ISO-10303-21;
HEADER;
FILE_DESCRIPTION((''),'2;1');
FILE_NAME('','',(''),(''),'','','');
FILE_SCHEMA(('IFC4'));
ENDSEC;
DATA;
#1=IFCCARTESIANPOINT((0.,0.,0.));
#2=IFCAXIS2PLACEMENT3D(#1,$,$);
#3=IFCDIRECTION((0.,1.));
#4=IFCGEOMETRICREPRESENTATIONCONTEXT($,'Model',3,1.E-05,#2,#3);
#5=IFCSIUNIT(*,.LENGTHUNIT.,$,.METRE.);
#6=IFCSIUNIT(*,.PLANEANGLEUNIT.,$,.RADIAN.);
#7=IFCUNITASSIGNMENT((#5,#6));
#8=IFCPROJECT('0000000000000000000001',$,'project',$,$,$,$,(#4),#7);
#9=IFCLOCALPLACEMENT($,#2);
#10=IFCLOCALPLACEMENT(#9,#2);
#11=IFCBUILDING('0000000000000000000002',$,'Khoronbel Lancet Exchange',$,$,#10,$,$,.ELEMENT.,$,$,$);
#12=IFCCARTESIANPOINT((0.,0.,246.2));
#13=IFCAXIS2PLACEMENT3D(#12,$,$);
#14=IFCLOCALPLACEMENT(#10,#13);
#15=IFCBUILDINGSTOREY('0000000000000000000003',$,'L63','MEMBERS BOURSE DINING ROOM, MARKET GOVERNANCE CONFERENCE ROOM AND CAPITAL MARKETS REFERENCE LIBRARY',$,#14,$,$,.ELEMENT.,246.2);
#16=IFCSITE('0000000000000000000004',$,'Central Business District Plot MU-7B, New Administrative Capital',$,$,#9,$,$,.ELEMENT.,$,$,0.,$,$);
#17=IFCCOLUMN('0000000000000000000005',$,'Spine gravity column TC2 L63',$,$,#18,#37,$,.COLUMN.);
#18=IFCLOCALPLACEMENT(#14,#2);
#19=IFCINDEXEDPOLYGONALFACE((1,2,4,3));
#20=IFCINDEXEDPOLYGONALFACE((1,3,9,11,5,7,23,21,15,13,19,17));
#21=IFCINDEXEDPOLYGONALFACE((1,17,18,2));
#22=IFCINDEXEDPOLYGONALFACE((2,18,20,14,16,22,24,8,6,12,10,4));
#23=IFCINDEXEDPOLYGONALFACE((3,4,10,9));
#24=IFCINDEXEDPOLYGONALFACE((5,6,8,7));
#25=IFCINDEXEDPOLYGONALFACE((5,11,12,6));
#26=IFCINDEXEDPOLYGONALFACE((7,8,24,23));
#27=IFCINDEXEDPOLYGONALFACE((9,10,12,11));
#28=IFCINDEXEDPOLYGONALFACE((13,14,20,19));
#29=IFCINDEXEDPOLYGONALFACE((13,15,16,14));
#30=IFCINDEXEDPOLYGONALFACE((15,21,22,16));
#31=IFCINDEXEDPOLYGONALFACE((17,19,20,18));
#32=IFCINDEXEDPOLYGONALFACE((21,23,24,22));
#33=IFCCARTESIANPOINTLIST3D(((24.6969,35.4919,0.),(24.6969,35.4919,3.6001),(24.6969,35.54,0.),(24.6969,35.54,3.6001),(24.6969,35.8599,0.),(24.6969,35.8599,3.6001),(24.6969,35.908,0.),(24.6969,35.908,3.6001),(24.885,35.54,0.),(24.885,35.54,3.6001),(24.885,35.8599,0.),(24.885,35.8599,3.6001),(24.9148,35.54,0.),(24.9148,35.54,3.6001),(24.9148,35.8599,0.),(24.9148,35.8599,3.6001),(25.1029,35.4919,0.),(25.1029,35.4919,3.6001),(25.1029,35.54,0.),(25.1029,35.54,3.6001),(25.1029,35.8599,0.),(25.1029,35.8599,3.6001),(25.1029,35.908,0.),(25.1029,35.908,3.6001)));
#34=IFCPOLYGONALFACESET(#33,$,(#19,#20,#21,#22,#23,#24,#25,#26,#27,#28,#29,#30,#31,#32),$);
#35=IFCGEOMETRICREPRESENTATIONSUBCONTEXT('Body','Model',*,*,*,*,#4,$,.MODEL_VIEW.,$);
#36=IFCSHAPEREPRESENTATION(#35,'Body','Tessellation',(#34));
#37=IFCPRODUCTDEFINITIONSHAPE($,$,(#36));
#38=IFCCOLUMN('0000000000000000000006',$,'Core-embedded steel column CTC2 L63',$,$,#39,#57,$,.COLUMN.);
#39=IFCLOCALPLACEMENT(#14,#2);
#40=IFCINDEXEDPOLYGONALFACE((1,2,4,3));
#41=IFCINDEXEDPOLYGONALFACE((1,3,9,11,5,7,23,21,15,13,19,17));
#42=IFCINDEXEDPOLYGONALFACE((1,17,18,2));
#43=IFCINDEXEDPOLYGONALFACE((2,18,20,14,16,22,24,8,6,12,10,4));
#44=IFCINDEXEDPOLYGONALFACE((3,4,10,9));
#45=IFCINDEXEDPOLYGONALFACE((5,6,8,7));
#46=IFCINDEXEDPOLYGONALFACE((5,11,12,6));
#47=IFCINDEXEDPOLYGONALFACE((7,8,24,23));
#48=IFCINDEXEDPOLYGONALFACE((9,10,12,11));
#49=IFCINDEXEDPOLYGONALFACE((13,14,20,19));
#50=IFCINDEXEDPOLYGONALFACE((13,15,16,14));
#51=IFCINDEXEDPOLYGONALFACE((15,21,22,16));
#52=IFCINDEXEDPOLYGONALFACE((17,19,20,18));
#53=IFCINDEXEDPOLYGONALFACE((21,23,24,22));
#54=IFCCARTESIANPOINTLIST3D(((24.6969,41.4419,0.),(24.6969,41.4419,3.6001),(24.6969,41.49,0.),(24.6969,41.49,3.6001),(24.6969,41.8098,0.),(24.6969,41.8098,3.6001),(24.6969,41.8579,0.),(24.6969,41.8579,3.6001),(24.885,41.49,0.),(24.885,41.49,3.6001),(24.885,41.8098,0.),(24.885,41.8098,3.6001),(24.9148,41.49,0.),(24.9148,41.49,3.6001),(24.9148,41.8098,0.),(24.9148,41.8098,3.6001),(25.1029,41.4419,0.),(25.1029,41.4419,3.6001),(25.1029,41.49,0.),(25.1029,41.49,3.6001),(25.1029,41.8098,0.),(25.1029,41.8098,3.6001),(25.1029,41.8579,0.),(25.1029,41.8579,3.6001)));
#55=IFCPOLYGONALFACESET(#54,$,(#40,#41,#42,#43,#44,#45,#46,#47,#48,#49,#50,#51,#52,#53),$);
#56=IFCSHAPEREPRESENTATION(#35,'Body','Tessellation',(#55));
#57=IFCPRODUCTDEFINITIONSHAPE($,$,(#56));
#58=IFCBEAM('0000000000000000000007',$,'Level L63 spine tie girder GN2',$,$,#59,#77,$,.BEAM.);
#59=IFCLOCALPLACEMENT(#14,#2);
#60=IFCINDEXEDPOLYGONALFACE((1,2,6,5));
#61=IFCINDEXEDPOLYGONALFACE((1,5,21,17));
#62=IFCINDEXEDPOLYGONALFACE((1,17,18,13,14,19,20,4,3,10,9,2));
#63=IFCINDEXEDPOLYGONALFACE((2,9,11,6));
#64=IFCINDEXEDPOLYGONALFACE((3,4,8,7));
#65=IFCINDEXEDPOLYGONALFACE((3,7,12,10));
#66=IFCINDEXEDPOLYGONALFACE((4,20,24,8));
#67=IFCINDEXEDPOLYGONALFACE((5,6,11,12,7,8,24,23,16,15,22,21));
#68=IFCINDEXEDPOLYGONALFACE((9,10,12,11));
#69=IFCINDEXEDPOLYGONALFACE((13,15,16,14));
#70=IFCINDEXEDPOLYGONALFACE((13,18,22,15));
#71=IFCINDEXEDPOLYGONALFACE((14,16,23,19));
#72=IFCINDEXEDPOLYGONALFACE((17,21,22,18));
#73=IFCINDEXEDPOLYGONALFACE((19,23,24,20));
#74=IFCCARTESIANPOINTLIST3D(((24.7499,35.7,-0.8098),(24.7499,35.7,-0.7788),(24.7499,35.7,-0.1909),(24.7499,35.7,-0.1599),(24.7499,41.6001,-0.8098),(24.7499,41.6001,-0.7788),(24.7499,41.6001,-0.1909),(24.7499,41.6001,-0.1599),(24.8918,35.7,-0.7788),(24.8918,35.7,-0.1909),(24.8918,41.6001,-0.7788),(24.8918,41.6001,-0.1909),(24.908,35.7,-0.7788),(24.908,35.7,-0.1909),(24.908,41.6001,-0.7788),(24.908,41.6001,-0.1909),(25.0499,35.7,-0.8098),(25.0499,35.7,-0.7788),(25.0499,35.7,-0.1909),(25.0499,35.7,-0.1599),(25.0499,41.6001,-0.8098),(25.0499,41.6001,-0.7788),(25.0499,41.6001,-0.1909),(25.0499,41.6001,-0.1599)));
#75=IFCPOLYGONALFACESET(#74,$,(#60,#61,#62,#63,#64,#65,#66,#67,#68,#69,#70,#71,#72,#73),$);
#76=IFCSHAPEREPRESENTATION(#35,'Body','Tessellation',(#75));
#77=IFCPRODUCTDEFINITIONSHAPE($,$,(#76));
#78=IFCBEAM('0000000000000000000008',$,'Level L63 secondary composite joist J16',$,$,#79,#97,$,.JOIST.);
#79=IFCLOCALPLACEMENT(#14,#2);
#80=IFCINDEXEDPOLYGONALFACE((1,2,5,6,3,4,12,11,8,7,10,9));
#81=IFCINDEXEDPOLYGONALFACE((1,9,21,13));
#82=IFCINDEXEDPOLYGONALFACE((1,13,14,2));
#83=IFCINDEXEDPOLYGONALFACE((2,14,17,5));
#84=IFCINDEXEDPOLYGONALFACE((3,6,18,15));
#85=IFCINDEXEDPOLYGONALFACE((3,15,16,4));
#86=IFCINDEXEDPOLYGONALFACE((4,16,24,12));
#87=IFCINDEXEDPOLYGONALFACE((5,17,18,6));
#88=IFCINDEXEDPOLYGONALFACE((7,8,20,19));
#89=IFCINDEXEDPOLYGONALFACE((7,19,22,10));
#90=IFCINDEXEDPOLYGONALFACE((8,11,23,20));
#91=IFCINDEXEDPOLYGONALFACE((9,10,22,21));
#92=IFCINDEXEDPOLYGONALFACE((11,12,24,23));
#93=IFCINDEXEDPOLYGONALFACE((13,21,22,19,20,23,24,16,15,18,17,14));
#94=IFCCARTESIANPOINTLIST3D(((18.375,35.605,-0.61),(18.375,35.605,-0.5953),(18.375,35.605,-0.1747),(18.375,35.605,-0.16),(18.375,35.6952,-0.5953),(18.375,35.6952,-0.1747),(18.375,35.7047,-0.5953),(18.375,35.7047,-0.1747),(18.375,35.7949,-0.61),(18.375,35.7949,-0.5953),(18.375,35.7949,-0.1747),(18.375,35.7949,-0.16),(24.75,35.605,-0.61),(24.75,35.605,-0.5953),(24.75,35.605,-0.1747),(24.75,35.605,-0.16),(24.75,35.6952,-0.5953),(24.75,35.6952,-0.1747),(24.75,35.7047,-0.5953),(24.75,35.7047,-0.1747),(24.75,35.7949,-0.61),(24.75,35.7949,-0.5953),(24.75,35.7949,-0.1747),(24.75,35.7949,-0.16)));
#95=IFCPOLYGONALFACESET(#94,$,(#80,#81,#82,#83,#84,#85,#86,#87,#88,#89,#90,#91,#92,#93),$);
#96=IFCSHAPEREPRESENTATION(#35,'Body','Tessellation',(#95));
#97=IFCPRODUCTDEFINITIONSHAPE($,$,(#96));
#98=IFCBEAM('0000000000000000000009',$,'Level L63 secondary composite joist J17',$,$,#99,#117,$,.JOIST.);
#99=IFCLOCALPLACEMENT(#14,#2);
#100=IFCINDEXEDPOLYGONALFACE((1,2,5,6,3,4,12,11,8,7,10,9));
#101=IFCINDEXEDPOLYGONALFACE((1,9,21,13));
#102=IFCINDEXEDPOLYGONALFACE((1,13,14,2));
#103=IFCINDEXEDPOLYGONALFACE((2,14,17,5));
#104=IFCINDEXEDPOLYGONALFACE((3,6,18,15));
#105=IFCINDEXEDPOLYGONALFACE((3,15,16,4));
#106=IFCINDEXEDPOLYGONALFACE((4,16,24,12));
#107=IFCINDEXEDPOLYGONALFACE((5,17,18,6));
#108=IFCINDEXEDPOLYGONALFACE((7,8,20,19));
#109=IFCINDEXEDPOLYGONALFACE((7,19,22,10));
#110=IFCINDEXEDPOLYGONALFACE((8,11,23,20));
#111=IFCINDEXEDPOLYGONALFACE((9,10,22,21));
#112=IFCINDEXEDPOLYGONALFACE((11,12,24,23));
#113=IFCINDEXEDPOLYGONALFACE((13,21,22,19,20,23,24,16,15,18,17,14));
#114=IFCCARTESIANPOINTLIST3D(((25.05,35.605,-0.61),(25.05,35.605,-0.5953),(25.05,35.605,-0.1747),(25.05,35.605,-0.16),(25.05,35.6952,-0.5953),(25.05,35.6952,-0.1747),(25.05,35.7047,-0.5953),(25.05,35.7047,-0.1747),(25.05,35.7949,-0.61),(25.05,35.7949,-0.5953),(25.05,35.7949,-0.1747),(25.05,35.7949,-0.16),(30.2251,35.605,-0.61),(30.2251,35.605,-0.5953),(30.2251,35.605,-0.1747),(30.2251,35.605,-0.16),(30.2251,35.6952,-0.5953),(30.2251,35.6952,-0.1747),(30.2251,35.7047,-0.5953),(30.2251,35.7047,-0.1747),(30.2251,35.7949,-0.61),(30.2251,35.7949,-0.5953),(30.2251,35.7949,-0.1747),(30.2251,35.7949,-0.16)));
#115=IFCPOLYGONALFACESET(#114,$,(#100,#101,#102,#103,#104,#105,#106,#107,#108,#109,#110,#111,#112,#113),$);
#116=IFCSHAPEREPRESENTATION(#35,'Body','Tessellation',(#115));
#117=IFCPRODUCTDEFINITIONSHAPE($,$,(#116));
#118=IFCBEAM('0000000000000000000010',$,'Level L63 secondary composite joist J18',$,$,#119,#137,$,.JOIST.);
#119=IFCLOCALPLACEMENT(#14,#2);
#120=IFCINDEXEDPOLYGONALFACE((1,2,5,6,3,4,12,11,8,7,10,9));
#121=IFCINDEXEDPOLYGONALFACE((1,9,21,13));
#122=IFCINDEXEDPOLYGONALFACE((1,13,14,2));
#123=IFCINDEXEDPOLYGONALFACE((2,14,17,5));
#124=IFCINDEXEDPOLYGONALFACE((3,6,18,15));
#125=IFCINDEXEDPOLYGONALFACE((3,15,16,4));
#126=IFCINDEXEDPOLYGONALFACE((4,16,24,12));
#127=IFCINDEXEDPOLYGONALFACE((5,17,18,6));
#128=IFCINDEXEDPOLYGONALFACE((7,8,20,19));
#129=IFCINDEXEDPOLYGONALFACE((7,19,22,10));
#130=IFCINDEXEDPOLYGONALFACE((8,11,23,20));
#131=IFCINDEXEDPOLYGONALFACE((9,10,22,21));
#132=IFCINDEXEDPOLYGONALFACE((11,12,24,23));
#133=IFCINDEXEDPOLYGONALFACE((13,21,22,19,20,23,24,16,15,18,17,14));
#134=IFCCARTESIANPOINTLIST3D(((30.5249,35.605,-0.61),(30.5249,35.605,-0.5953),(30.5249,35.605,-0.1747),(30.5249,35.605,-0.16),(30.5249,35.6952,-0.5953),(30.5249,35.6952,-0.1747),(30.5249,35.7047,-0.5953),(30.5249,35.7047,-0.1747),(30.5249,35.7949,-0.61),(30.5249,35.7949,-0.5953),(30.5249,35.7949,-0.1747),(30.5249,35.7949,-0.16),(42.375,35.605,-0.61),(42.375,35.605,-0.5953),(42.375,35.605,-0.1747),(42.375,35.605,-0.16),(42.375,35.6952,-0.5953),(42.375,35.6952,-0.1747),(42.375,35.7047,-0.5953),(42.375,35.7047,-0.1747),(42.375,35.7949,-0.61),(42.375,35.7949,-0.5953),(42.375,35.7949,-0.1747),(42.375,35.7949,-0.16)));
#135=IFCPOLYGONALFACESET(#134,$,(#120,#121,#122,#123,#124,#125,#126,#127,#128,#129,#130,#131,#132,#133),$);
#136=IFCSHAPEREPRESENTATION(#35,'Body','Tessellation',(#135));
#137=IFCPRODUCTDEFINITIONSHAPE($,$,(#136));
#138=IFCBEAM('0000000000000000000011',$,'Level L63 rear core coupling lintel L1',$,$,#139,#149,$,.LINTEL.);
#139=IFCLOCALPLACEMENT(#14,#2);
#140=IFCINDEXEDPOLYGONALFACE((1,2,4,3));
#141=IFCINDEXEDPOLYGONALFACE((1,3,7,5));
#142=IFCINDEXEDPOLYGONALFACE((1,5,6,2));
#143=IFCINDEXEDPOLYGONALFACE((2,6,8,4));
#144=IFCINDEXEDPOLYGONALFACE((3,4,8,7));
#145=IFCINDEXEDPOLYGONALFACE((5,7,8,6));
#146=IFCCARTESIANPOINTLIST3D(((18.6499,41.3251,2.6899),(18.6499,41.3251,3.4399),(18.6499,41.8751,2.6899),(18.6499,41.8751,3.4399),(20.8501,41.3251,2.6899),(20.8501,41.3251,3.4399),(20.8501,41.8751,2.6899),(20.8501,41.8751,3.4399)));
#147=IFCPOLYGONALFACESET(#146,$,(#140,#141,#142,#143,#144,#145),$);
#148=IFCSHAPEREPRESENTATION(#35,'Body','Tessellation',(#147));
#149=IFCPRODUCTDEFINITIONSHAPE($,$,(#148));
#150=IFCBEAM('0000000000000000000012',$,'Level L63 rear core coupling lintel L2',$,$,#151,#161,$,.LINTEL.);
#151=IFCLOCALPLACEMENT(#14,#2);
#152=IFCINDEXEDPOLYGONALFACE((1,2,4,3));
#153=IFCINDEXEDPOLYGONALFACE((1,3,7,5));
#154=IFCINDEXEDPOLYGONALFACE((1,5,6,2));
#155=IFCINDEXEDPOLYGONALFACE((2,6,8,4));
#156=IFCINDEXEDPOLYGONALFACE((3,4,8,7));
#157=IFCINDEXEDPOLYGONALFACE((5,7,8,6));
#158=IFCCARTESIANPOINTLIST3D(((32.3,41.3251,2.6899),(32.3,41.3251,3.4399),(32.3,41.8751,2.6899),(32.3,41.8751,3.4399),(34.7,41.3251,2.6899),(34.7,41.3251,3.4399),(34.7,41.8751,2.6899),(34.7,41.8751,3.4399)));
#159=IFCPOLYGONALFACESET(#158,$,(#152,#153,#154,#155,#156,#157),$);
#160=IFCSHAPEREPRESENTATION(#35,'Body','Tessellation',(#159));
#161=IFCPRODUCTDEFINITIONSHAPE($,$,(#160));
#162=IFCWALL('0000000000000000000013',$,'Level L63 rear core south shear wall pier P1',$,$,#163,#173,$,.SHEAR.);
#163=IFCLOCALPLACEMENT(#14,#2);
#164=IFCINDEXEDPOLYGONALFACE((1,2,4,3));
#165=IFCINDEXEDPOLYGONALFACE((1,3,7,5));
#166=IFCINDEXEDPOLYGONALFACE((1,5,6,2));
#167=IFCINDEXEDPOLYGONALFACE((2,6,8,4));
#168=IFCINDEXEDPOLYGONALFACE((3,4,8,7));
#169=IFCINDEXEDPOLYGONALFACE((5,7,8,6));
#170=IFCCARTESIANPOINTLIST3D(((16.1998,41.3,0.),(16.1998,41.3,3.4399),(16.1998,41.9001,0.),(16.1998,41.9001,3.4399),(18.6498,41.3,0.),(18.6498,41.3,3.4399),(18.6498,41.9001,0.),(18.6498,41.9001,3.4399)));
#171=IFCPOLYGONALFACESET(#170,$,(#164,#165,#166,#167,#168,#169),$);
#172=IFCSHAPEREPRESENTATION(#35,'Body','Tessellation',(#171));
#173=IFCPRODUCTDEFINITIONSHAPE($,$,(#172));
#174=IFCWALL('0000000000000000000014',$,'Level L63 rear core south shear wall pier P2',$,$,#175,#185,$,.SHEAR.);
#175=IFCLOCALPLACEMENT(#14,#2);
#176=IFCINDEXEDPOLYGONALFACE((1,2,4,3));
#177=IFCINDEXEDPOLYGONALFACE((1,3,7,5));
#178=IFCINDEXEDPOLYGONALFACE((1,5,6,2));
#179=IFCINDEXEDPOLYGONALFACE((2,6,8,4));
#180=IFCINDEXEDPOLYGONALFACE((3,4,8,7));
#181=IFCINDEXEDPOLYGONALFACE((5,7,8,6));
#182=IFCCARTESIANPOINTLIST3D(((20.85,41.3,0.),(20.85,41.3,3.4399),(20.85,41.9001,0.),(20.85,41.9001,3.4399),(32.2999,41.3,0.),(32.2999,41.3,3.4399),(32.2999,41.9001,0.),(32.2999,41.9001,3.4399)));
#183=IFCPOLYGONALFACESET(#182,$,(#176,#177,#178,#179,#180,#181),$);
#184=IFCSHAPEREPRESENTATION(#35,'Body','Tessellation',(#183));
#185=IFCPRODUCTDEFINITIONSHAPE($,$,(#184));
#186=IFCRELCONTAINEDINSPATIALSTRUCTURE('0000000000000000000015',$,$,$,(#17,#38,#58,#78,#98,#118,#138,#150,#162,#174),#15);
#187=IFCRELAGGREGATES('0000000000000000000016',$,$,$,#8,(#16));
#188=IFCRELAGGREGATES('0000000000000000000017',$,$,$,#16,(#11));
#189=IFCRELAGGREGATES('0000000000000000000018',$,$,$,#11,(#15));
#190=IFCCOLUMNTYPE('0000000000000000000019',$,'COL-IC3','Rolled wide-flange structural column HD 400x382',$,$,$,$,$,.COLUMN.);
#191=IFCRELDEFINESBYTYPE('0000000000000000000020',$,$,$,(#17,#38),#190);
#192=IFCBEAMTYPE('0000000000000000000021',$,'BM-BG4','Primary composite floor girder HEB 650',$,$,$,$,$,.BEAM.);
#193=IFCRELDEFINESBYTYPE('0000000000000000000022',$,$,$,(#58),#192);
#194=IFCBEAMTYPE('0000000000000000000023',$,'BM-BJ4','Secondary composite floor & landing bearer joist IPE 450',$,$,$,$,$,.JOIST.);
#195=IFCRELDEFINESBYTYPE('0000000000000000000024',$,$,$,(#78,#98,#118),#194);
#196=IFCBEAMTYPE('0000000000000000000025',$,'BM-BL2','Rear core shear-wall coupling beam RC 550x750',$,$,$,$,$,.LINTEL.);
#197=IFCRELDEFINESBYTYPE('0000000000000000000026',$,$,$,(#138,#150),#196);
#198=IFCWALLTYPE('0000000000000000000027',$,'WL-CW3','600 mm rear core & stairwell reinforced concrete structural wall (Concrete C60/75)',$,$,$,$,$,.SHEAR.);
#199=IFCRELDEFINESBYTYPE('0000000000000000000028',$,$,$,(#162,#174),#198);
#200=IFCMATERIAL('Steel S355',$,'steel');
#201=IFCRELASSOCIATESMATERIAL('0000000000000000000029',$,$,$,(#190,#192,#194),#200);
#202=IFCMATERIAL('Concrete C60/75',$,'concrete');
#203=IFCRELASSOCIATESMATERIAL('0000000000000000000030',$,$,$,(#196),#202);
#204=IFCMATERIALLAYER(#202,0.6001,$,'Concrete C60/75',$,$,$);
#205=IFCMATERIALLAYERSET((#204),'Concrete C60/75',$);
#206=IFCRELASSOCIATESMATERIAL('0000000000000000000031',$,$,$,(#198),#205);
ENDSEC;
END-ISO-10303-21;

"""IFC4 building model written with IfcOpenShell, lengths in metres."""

from ifc_helpers import new_model, si_unit, direction, frame, frame_2d, origin, origin_2d, place, context, subcontext, project, spatial, rectangle, i_section, extrude, material, layer, layer_set, material_profile, profile_set, type_object, element, save


model = new_model("IFC4")

# Units and contexts
model_context = context("Model", 3, precision=1e-05, world=origin(), true_north=direction((0.0, 1.0)))
body_context = subcontext(model_context, "Body", "Model", "MODEL_VIEW")
ifc_project = project(units=[si_unit("LENGTHUNIT", "METRE"), si_unit("PLANEANGLEUNIT", "RADIAN")], contexts=[model_context])

# Site, building, storey
site_placement = place(None, origin())
site = spatial("IfcSite", under=ifc_project, at=site_placement, Name="Central Business District Plot MU-7B, New Administrative Capital", CompositionType="ELEMENT", RefElevation=0.0)
building_placement = place(site_placement, origin())
building = spatial("IfcBuilding", under=site, at=building_placement, Name="Khoronbel Lancet Exchange", CompositionType="ELEMENT")
storey_placement = place(building_placement, frame((0.0, 0.0, 246.2)))
storey = spatial("IfcBuildingStorey", under=building, at=storey_placement, Name="L63", Description="MEMBERS BOURSE DINING ROOM, MARKET GOVERNANCE CONFERENCE ROOM AND CAPITAL MARKETS REFERENCE LIBRARY", CompositionType="ELEMENT", Elevation=246.2)

# Columns
ifc_material_1 = material(Name="Steel S355", Category="steel")
ifc_material_profile_1 = material_profile(ifc_material_1, i_section(OverallWidth=0.406, OverallDepth=0.416, WebThickness=0.0298, FlangeThickness=0.0481, at=origin_2d()), Name="HD 400x382")
ifc_profile_set_1 = profile_set([ifc_material_profile_1], Name="Steel S355")
column_type = type_object("IfcColumnType", Name="COL-IC3", Description="Rolled wide-flange structural column HD 400x382", PredefinedType="COLUMN", material=ifc_profile_set_1)
for number, where, z_axis, x_axis, name in (
    (1, (24.8999, 35.7, 0.0), (0.0, 0.0, 1.0), (1.0, 0.0, 0.0), "Spine gravity column TC2 L63"),
    (2, (24.8999, 41.6499, 0.0), (0.0, 0.0, 1.0), (1.0, 0.0, 0.0), "Core-embedded steel column CTC2 L63"),
):
    element("IfcColumn", number, at=place(storey_placement, frame(where, z_axis=z_axis, x_axis=x_axis)), inside=storey, type_object=column_type, Name=name, PredefinedType="COLUMN", context=body_context, shape_type="SweptSolid", body=[
        extrude(i_section(OverallWidth=0.406, OverallDepth=0.416, WebThickness=0.0298, FlangeThickness=0.0481, at=origin_2d()), origin(), (0.0, 0.0, 1.0), 3.6001),
    ])

# Beams
ifc_material_profile_2 = material_profile(ifc_material_1, i_section(OverallWidth=0.3, OverallDepth=0.6499, WebThickness=0.0161, FlangeThickness=0.031, at=origin_2d()), Name="HEB 650")
ifc_profile_set_2 = profile_set([ifc_material_profile_2], Name="Steel S355")
beam_type_1 = type_object("IfcBeamType", Name="BM-BG4", Description="Primary composite floor girder HEB 650", PredefinedType="BEAM", material=ifc_profile_set_2)
beam_1_placement = place(storey_placement, frame((24.8999, 35.7, -0.4849), z_axis=(0.0, 1.0, 0.0), x_axis=(-1.0, 0.0, 0.0)))
element("IfcBeam", 3, at=beam_1_placement, inside=storey, type_object=beam_type_1, Name="Level L63 spine tie girder GN2", PredefinedType="BEAM", context=body_context, shape_type="SweptSolid", body=[
    extrude(i_section(OverallWidth=0.3, OverallDepth=0.6499, WebThickness=0.0161, FlangeThickness=0.031, at=origin_2d()), origin(), (0.0, 0.0, 1.0), 5.9001),
])
ifc_material_profile_3 = material_profile(ifc_material_1, i_section(OverallWidth=0.1899, OverallDepth=0.45, WebThickness=0.0095, FlangeThickness=0.0146, at=origin_2d()), Name="IPE 450")
ifc_profile_set_3 = profile_set([ifc_material_profile_3], Name="Steel S355")
beam_type_2 = type_object("IfcBeamType", Name="BM-BJ4", Description="Secondary composite floor & landing bearer joist IPE 450", PredefinedType="JOIST", material=ifc_profile_set_3)
beam_2_placement = place(storey_placement, frame((18.375, 35.7, -0.385), z_axis=(1.0, 0.0, 0.0), x_axis=(0.0, 1.0, 0.0)))
element("IfcBeam", 4, at=beam_2_placement, inside=storey, type_object=beam_type_2, Name="Level L63 secondary composite joist J16", PredefinedType="JOIST", context=body_context, shape_type="SweptSolid", body=[
    extrude(i_section(OverallWidth=0.1899, OverallDepth=0.45, WebThickness=0.0095, FlangeThickness=0.0146, at=origin_2d()), origin(), (0.0, 0.0, 1.0), 6.375),
])
beam_3_placement = place(storey_placement, frame((25.05, 35.7, -0.385), z_axis=(1.0, 0.0, 0.0), x_axis=(0.0, 1.0, 0.0)))
element("IfcBeam", 5, at=beam_3_placement, inside=storey, type_object=beam_type_2, Name="Level L63 secondary composite joist J17", PredefinedType="JOIST", context=body_context, shape_type="SweptSolid", body=[
    extrude(i_section(OverallWidth=0.1899, OverallDepth=0.45, WebThickness=0.0095, FlangeThickness=0.0146, at=origin_2d()), origin(), (0.0, 0.0, 1.0), 5.175),
])
beam_4_placement = place(storey_placement, frame((30.5249, 35.7, -0.385), z_axis=(1.0, 0.0, 0.0), x_axis=(0.0, 1.0, 0.0)))
element("IfcBeam", 6, at=beam_4_placement, inside=storey, type_object=beam_type_2, Name="Level L63 secondary composite joist J18", PredefinedType="JOIST", context=body_context, shape_type="SweptSolid", body=[
    extrude(i_section(OverallWidth=0.1899, OverallDepth=0.45, WebThickness=0.0095, FlangeThickness=0.0146, at=origin_2d()), origin(), (0.0, 0.0, 1.0), 11.8501),
])
ifc_material_2 = material(Name="Concrete C60/75", Category="concrete")
ifc_material_profile_4 = material_profile(ifc_material_2, rectangle(XDim=0.55, YDim=0.75, at=origin_2d()), Name="RC 550x750")
ifc_profile_set_4 = profile_set([ifc_material_profile_4], Name="Concrete C60/75")
beam_type_3 = type_object("IfcBeamType", Name="BM-BL2", Description="Rear core shear-wall coupling beam RC 550x750", PredefinedType="LINTEL", material=ifc_profile_set_4)
beam_5_placement = place(storey_placement, frame((18.6499, 41.6001, 3.0649), z_axis=(1.0, 0.0, 0.0), x_axis=(0.0, 1.0, 0.0)))
element("IfcBeam", 7, at=beam_5_placement, inside=storey, type_object=beam_type_3, Name="Level L63 rear core coupling lintel L1", PredefinedType="LINTEL", context=body_context, shape_type="SweptSolid", body=[
    extrude(rectangle(XDim=0.55, YDim=0.75, at=origin_2d()), origin(), (0.0, 0.0, 1.0), 2.2002),
])
beam_6_placement = place(storey_placement, frame((32.3, 41.6001, 3.0649), z_axis=(1.0, 0.0, 0.0), x_axis=(0.0, 1.0, 0.0)))
element("IfcBeam", 8, at=beam_6_placement, inside=storey, type_object=beam_type_3, Name="Level L63 rear core coupling lintel L2", PredefinedType="LINTEL", context=body_context, shape_type="SweptSolid", body=[
    extrude(rectangle(XDim=0.55, YDim=0.75, at=origin_2d()), origin(), (0.0, 0.0, 1.0), 2.3999),
])

# Walls
ifc_layer_1 = layer(ifc_material_2, 0.6001, Name="Concrete C60/75")
ifc_layer_set_1 = layer_set([ifc_layer_1], Name="Concrete C60/75")
wall_type_1 = type_object("IfcWallType", Name="WL-CW3", Description="600 mm rear core & stairwell reinforced concrete structural wall (Concrete C60/75)", PredefinedType="SHEAR", material=ifc_layer_set_1)
wall_1_placement = place(storey_placement, frame((18.6499, 41.6001, 0.0), z_axis=(0.0, 0.0, 1.0), x_axis=(-1.0, 0.0, 0.0)))
element("IfcWall", 9, at=wall_1_placement, inside=storey, type_object=wall_type_1, Name="Level L63 rear core south shear wall pier P1", PredefinedType="SHEAR", context=body_context, shape_type="SweptSolid", body=[
    extrude(rectangle(XDim=2.45, YDim=0.6001, at=frame_2d((1.2251, 0.0))), origin(), (0.0, 0.0, 1.0), 3.4399),
])
wall_2_placement = place(storey_placement, frame((32.3, 41.6001, 0.0), z_axis=(0.0, 0.0, 1.0), x_axis=(-1.0, 0.0, 0.0)))
element("IfcWall", 10, at=wall_2_placement, inside=storey, type_object=wall_type_1, Name="Level L63 rear core south shear wall pier P2", PredefinedType="SHEAR", context=body_context, shape_type="SweptSolid", body=[
    extrude(rectangle(XDim=11.45, YDim=0.6001, at=frame_2d((5.7251, 0.0))), origin(), (0.0, 0.0, 1.0), 3.4399),
])

save(model, "model.ifc")
